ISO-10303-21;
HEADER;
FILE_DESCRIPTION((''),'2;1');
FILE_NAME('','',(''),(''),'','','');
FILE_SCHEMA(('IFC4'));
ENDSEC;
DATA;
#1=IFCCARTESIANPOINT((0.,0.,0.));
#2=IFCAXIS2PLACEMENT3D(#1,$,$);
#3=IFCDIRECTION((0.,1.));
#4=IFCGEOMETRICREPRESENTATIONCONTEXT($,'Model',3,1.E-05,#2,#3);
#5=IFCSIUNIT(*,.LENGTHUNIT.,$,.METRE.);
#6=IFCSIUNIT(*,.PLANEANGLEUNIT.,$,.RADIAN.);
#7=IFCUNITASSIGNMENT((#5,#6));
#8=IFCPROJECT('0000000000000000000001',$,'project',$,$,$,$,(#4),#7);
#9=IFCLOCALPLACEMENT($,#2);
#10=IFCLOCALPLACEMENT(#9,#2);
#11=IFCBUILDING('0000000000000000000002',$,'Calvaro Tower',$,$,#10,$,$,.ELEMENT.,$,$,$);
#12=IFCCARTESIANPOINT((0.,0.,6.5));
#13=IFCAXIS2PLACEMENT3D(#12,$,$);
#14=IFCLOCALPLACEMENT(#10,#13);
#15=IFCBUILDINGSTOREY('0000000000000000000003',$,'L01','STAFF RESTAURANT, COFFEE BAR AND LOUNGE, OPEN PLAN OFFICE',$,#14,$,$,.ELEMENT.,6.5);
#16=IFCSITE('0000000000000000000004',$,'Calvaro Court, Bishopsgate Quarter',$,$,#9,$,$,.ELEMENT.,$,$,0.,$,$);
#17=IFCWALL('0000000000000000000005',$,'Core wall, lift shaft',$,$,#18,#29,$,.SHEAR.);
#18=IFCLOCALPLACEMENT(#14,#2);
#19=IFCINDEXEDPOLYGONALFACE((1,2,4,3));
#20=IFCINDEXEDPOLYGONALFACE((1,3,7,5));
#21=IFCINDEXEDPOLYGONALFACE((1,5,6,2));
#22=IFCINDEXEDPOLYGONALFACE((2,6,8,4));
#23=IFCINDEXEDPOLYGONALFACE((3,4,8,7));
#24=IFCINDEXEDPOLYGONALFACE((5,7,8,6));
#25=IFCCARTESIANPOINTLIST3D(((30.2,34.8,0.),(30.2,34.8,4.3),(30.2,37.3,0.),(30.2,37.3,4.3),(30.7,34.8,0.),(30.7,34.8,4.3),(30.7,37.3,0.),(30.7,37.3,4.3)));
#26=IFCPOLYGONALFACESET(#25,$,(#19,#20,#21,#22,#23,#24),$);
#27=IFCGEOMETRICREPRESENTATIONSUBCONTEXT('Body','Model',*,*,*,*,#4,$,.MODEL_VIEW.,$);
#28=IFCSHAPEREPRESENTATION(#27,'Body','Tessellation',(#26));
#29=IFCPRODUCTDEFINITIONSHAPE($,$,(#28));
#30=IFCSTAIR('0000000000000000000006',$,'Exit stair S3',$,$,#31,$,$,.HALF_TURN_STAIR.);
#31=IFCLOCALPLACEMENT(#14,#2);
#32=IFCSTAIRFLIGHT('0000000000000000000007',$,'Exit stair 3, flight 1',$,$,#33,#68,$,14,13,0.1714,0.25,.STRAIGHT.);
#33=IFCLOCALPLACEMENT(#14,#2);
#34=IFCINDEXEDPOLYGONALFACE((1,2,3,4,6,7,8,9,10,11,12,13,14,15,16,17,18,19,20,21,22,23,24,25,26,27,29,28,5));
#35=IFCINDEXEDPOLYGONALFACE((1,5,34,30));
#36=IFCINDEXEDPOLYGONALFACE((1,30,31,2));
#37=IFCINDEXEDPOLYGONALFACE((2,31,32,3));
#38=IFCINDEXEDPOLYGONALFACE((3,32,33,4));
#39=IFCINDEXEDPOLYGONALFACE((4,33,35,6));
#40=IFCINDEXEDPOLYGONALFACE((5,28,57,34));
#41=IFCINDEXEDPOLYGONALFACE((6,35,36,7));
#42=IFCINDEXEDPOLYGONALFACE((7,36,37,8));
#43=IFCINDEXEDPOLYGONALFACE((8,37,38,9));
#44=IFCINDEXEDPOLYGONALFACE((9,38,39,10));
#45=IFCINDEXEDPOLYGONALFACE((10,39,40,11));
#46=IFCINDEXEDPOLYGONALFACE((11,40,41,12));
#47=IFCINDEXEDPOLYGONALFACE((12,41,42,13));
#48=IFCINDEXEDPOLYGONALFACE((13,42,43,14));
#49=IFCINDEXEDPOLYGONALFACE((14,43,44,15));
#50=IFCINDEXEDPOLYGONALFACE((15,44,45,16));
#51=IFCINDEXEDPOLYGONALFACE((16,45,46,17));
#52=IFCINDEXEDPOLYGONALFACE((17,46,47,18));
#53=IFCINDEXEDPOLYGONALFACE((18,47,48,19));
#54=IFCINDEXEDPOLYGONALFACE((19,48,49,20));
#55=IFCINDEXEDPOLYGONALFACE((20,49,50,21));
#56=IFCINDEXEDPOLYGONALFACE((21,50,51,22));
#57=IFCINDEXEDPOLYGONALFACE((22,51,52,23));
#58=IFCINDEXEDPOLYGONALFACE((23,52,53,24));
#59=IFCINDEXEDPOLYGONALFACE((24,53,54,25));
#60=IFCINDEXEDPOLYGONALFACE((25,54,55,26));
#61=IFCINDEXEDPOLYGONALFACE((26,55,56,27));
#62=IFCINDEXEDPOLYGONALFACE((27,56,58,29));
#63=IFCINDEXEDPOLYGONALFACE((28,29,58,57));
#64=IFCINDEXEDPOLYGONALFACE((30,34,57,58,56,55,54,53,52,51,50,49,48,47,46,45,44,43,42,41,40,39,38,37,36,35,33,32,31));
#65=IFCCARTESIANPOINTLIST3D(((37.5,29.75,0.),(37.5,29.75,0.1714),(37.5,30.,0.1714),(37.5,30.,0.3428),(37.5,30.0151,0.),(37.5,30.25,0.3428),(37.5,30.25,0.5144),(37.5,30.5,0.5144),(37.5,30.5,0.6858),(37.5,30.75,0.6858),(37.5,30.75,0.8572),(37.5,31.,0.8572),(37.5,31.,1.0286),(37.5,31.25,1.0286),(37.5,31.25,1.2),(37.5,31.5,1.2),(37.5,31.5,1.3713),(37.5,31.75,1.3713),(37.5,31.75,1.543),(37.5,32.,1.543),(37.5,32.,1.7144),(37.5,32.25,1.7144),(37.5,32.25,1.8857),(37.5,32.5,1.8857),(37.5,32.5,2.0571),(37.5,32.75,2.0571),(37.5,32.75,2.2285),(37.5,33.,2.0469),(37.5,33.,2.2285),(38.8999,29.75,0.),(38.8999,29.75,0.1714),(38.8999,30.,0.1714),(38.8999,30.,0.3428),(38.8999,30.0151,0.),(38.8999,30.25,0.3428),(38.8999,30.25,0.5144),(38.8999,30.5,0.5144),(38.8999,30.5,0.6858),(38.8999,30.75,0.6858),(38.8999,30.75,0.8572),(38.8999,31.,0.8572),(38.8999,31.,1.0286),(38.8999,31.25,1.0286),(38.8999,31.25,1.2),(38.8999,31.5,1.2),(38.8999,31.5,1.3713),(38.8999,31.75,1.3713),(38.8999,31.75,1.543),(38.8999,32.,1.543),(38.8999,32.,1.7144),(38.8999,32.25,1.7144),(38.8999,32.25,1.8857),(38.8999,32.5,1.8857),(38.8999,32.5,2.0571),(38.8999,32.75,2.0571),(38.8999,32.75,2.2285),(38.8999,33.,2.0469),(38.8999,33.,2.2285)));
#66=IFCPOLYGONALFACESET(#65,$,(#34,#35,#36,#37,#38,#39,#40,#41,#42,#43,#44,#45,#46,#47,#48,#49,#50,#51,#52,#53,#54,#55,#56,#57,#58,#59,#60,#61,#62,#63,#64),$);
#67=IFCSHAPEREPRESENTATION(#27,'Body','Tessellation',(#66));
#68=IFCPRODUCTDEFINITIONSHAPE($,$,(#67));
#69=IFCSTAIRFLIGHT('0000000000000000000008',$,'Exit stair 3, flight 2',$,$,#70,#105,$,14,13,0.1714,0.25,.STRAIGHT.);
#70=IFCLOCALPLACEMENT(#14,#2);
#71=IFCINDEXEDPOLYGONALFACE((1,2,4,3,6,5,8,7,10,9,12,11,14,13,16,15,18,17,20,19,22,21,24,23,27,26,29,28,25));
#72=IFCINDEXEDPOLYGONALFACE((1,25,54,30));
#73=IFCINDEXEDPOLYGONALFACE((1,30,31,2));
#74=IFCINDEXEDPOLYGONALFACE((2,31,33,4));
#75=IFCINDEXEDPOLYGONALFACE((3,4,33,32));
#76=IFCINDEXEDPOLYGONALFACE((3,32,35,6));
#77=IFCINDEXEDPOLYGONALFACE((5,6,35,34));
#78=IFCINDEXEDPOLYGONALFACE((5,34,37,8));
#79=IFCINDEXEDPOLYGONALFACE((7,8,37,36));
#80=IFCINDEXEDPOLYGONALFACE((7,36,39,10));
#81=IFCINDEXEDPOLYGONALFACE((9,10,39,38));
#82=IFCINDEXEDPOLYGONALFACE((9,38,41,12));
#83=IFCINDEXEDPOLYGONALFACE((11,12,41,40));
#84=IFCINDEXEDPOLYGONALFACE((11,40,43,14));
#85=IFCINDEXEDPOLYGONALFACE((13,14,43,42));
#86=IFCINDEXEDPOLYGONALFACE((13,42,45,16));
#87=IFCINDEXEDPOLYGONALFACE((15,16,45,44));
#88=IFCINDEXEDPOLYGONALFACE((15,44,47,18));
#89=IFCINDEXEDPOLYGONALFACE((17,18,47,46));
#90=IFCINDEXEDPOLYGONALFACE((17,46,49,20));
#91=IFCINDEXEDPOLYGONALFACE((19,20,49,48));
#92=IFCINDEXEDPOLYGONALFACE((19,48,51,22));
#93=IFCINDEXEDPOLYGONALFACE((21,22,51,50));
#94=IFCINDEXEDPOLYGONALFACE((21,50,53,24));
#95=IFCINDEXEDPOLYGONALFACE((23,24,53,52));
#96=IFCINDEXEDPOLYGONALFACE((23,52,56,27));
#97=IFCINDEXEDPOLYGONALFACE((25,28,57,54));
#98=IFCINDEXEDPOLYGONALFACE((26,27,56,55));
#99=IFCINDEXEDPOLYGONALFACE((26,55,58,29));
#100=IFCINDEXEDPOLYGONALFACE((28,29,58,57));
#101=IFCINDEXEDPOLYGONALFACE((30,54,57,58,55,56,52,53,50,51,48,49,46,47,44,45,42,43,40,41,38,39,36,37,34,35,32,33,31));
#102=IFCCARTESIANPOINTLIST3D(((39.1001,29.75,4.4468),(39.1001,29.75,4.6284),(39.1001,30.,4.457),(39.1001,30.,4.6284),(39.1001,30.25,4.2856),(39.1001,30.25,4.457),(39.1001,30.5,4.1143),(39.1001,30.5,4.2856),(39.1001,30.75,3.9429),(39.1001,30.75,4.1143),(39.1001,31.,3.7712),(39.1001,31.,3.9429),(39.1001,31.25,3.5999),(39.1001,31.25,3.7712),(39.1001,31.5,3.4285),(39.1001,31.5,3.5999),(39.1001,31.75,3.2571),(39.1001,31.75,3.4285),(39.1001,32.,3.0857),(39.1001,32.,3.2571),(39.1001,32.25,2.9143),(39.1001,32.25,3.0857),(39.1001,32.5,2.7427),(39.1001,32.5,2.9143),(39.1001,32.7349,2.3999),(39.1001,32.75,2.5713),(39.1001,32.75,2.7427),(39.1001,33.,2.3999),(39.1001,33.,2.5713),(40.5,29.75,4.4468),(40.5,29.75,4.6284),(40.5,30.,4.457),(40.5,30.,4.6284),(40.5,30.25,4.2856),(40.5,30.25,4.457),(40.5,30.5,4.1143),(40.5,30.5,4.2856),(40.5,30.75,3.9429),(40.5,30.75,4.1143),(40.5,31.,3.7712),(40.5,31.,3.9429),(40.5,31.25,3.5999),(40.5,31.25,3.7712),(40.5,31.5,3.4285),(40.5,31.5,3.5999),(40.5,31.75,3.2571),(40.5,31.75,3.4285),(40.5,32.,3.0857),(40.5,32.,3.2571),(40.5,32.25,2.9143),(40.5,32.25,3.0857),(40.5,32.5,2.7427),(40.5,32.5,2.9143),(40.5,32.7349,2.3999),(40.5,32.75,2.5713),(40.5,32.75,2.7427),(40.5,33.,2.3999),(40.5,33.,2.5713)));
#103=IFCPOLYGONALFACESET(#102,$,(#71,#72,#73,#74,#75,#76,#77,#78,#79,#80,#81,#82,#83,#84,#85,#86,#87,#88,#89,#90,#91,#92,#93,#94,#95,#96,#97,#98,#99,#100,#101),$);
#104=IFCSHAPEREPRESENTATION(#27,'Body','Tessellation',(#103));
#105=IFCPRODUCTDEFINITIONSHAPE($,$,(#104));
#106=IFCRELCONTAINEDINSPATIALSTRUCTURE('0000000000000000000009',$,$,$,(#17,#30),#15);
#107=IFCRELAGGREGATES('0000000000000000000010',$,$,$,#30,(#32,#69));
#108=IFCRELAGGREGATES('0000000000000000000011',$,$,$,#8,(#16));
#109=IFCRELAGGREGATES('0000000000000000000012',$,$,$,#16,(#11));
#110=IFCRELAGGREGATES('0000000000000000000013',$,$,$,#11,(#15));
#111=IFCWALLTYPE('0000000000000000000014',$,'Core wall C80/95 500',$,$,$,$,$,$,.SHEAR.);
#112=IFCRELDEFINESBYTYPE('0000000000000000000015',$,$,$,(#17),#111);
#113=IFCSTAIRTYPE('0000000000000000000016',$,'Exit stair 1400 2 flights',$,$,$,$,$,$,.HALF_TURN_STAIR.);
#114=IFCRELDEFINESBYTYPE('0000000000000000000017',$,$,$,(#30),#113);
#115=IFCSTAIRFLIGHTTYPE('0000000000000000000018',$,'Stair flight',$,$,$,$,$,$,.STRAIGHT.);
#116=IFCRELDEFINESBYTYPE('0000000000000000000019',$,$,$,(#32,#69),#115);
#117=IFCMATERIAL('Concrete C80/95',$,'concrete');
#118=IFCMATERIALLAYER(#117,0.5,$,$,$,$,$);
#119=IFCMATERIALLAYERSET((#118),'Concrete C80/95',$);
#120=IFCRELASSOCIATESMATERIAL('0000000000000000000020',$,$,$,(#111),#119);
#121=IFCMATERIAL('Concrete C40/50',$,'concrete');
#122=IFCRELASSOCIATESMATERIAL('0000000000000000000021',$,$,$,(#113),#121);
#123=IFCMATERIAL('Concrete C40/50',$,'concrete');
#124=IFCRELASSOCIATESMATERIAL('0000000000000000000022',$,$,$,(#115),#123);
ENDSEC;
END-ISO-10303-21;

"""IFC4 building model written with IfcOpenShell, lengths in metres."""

from ifc_helpers import new_model, si_unit, direction, frame, frame_2d, origin, place, context, subcontext, project, spatial, polyline, rectangle, outline, extrude, material, layer, layer_set, type_object, element, aggregate, save


model = new_model("IFC4")

# Units and contexts
model_context = context("Model", 3, precision=1e-05, world=origin(), true_north=direction((0.0, 1.0)))
body_context = subcontext(model_context, "Body", "Model", "MODEL_VIEW")
ifc_project = project(units=[si_unit("LENGTHUNIT", "METRE"), si_unit("PLANEANGLEUNIT", "RADIAN")], contexts=[model_context])

# Site, building, storey
site_placement = place(None, origin())
site = spatial("IfcSite", under=ifc_project, at=site_placement, Name="Calvaro Court, Bishopsgate Quarter", CompositionType="ELEMENT", RefElevation=0.0)
building_placement = place(site_placement, origin())
building = spatial("IfcBuilding", under=site, at=building_placement, Name="Calvaro Tower", CompositionType="ELEMENT")
storey_placement = place(building_placement, frame((0.0, 0.0, 6.5)))
storey = spatial("IfcBuildingStorey", under=building, at=storey_placement, Name="L01", Description="STAFF RESTAURANT, COFFEE BAR AND LOUNGE, OPEN PLAN OFFICE", CompositionType="ELEMENT", Elevation=6.5)

# Wall
ifc_material_1 = material(Name="Concrete C80/95", Category="concrete")
ifc_layer_1 = layer(ifc_material_1, 0.5)
ifc_layer_set_1 = layer_set([ifc_layer_1], Name="Concrete C80/95")
wall_type_1 = type_object("IfcWallType", Name="Core wall C80/95 500", PredefinedType="SHEAR", material=ifc_layer_set_1)
wall_1_placement = place(storey_placement, frame((30.45, 34.8, 0.0), z_axis=(0.0, 0.0, 1.0), x_axis=(0.0, 1.0, 0.0)))
element("IfcWall", 1, at=wall_1_placement, inside=storey, type_object=wall_type_1, Name="Core wall, lift shaft", PredefinedType="SHEAR", context=body_context, shape_type="SweptSolid", body=[
    extrude(rectangle(XDim=2.5, YDim=0.5, at=frame_2d((1.25, 0.0))), origin(), (0.0, 0.0, 1.0), 4.3),
])

# Stair, stair flights
ifc_material_2 = material(Name="Concrete C40/50", Category="concrete")
stair_type = type_object("IfcStairType", Name="Exit stair 1400 2 flights", PredefinedType="HALF_TURN_STAIR", material=ifc_material_2)
stair_placement = place(storey_placement, origin())
stair = element("IfcStair", 2, at=stair_placement, inside=storey, type_object=stair_type, Name="Exit stair S3", PredefinedType="HALF_TURN_STAIR")
ifc_material_3 = material(Name="Concrete C40/50", Category="concrete")
stair_flight_type = type_object("IfcStairFlightType", Name="Stair flight", PredefinedType="STRAIGHT", material=ifc_material_3)
stair_flight_1_placement = place(storey_placement, frame((38.2, 29.75, 0.0), z_axis=(0.0, 0.0, 1.0), x_axis=(0.0, 1.0, 0.0)))
stair_flight_1 = element("IfcStairFlight", 3, at=stair_flight_1_placement, type_object=stair_flight_type, Name="Exit stair 3, flight 1", NumberOfRisers=14, NumberOfTreads=13, PredefinedType="STRAIGHT", RiserHeight=0.1714, TreadLength=0.25, context=body_context, shape_type="SweptSolid", body=[
    extrude(outline(polyline([(0.0, 0.0), (0.0, 0.1714), (0.25, 0.1714), (0.25, 0.3428), (0.5, 0.3428), (0.5, 0.5144), (0.75, 0.5144), (0.75, 0.6858), (1.0, 0.6858), (1.0, 0.8572), (1.25, 0.8572), (1.25, 1.0286), (1.5, 1.0286), (1.5, 1.2), (1.75, 1.2), (1.75, 1.3713), (2.0, 1.3713), (2.0, 1.543), (2.25, 1.543), (2.25, 1.7144), (2.5, 1.7144), (2.5, 1.8857), (2.75, 1.8857), (2.75, 2.0571), (3.0, 2.0571), (3.0, 2.2285), (3.25, 2.2285), (3.25, 2.3999), (3.25, 2.0469), (0.2651, 0.0), (0.0, 0.0)])), frame((0.0, 0.7, 0.0), z_axis=(0.0, -1.0, 0.0), x_axis=(1.0, 0.0, 0.0)), (0.0, 0.0, 1.0), 1.3999),
])
stair_flight_2_placement = place(storey_placement, frame((39.8, 33.0, 2.3999), z_axis=(0.0, 0.0, 1.0), x_axis=(0.0, -1.0, 0.0)))
stair_flight_2 = element("IfcStairFlight", 4, at=stair_flight_2_placement, type_object=stair_flight_type, Name="Exit stair 3, flight 2", NumberOfRisers=14, NumberOfTreads=13, PredefinedType="STRAIGHT", RiserHeight=0.1714, TreadLength=0.25, context=body_context, shape_type="SweptSolid", body=[
    extrude(outline(polyline([(0.0, 0.0), (0.0, 0.1714), (0.25, 0.1714), (0.25, 0.3428), (0.5, 0.3428), (0.5, 0.5144), (0.75, 0.5144), (0.75, 0.6858), (1.0, 0.6858), (1.0, 0.8572), (1.25, 0.8572), (1.25, 1.0286), (1.5, 1.0286), (1.5, 1.2), (1.75, 1.2), (1.75, 1.3713), (2.0, 1.3713), (2.0, 1.543), (2.25, 1.543), (2.25, 1.7144), (2.5, 1.7144), (2.5, 1.8857), (2.75, 1.8857), (2.75, 2.0571), (3.0, 2.0571), (3.0, 2.2285), (3.25, 2.2285), (3.25, 2.3999), (3.25, 2.0469), (0.2651, 0.0), (0.0, 0.0)])), frame((0.0, 0.7, 0.0), z_axis=(0.0, -1.0, 0.0), x_axis=(1.0, 0.0, 0.0)), (0.0, 0.0, 1.0), 1.3999),
])
aggregate(stair, [stair_flight_1, stair_flight_2])

save(model, "model.ifc")
